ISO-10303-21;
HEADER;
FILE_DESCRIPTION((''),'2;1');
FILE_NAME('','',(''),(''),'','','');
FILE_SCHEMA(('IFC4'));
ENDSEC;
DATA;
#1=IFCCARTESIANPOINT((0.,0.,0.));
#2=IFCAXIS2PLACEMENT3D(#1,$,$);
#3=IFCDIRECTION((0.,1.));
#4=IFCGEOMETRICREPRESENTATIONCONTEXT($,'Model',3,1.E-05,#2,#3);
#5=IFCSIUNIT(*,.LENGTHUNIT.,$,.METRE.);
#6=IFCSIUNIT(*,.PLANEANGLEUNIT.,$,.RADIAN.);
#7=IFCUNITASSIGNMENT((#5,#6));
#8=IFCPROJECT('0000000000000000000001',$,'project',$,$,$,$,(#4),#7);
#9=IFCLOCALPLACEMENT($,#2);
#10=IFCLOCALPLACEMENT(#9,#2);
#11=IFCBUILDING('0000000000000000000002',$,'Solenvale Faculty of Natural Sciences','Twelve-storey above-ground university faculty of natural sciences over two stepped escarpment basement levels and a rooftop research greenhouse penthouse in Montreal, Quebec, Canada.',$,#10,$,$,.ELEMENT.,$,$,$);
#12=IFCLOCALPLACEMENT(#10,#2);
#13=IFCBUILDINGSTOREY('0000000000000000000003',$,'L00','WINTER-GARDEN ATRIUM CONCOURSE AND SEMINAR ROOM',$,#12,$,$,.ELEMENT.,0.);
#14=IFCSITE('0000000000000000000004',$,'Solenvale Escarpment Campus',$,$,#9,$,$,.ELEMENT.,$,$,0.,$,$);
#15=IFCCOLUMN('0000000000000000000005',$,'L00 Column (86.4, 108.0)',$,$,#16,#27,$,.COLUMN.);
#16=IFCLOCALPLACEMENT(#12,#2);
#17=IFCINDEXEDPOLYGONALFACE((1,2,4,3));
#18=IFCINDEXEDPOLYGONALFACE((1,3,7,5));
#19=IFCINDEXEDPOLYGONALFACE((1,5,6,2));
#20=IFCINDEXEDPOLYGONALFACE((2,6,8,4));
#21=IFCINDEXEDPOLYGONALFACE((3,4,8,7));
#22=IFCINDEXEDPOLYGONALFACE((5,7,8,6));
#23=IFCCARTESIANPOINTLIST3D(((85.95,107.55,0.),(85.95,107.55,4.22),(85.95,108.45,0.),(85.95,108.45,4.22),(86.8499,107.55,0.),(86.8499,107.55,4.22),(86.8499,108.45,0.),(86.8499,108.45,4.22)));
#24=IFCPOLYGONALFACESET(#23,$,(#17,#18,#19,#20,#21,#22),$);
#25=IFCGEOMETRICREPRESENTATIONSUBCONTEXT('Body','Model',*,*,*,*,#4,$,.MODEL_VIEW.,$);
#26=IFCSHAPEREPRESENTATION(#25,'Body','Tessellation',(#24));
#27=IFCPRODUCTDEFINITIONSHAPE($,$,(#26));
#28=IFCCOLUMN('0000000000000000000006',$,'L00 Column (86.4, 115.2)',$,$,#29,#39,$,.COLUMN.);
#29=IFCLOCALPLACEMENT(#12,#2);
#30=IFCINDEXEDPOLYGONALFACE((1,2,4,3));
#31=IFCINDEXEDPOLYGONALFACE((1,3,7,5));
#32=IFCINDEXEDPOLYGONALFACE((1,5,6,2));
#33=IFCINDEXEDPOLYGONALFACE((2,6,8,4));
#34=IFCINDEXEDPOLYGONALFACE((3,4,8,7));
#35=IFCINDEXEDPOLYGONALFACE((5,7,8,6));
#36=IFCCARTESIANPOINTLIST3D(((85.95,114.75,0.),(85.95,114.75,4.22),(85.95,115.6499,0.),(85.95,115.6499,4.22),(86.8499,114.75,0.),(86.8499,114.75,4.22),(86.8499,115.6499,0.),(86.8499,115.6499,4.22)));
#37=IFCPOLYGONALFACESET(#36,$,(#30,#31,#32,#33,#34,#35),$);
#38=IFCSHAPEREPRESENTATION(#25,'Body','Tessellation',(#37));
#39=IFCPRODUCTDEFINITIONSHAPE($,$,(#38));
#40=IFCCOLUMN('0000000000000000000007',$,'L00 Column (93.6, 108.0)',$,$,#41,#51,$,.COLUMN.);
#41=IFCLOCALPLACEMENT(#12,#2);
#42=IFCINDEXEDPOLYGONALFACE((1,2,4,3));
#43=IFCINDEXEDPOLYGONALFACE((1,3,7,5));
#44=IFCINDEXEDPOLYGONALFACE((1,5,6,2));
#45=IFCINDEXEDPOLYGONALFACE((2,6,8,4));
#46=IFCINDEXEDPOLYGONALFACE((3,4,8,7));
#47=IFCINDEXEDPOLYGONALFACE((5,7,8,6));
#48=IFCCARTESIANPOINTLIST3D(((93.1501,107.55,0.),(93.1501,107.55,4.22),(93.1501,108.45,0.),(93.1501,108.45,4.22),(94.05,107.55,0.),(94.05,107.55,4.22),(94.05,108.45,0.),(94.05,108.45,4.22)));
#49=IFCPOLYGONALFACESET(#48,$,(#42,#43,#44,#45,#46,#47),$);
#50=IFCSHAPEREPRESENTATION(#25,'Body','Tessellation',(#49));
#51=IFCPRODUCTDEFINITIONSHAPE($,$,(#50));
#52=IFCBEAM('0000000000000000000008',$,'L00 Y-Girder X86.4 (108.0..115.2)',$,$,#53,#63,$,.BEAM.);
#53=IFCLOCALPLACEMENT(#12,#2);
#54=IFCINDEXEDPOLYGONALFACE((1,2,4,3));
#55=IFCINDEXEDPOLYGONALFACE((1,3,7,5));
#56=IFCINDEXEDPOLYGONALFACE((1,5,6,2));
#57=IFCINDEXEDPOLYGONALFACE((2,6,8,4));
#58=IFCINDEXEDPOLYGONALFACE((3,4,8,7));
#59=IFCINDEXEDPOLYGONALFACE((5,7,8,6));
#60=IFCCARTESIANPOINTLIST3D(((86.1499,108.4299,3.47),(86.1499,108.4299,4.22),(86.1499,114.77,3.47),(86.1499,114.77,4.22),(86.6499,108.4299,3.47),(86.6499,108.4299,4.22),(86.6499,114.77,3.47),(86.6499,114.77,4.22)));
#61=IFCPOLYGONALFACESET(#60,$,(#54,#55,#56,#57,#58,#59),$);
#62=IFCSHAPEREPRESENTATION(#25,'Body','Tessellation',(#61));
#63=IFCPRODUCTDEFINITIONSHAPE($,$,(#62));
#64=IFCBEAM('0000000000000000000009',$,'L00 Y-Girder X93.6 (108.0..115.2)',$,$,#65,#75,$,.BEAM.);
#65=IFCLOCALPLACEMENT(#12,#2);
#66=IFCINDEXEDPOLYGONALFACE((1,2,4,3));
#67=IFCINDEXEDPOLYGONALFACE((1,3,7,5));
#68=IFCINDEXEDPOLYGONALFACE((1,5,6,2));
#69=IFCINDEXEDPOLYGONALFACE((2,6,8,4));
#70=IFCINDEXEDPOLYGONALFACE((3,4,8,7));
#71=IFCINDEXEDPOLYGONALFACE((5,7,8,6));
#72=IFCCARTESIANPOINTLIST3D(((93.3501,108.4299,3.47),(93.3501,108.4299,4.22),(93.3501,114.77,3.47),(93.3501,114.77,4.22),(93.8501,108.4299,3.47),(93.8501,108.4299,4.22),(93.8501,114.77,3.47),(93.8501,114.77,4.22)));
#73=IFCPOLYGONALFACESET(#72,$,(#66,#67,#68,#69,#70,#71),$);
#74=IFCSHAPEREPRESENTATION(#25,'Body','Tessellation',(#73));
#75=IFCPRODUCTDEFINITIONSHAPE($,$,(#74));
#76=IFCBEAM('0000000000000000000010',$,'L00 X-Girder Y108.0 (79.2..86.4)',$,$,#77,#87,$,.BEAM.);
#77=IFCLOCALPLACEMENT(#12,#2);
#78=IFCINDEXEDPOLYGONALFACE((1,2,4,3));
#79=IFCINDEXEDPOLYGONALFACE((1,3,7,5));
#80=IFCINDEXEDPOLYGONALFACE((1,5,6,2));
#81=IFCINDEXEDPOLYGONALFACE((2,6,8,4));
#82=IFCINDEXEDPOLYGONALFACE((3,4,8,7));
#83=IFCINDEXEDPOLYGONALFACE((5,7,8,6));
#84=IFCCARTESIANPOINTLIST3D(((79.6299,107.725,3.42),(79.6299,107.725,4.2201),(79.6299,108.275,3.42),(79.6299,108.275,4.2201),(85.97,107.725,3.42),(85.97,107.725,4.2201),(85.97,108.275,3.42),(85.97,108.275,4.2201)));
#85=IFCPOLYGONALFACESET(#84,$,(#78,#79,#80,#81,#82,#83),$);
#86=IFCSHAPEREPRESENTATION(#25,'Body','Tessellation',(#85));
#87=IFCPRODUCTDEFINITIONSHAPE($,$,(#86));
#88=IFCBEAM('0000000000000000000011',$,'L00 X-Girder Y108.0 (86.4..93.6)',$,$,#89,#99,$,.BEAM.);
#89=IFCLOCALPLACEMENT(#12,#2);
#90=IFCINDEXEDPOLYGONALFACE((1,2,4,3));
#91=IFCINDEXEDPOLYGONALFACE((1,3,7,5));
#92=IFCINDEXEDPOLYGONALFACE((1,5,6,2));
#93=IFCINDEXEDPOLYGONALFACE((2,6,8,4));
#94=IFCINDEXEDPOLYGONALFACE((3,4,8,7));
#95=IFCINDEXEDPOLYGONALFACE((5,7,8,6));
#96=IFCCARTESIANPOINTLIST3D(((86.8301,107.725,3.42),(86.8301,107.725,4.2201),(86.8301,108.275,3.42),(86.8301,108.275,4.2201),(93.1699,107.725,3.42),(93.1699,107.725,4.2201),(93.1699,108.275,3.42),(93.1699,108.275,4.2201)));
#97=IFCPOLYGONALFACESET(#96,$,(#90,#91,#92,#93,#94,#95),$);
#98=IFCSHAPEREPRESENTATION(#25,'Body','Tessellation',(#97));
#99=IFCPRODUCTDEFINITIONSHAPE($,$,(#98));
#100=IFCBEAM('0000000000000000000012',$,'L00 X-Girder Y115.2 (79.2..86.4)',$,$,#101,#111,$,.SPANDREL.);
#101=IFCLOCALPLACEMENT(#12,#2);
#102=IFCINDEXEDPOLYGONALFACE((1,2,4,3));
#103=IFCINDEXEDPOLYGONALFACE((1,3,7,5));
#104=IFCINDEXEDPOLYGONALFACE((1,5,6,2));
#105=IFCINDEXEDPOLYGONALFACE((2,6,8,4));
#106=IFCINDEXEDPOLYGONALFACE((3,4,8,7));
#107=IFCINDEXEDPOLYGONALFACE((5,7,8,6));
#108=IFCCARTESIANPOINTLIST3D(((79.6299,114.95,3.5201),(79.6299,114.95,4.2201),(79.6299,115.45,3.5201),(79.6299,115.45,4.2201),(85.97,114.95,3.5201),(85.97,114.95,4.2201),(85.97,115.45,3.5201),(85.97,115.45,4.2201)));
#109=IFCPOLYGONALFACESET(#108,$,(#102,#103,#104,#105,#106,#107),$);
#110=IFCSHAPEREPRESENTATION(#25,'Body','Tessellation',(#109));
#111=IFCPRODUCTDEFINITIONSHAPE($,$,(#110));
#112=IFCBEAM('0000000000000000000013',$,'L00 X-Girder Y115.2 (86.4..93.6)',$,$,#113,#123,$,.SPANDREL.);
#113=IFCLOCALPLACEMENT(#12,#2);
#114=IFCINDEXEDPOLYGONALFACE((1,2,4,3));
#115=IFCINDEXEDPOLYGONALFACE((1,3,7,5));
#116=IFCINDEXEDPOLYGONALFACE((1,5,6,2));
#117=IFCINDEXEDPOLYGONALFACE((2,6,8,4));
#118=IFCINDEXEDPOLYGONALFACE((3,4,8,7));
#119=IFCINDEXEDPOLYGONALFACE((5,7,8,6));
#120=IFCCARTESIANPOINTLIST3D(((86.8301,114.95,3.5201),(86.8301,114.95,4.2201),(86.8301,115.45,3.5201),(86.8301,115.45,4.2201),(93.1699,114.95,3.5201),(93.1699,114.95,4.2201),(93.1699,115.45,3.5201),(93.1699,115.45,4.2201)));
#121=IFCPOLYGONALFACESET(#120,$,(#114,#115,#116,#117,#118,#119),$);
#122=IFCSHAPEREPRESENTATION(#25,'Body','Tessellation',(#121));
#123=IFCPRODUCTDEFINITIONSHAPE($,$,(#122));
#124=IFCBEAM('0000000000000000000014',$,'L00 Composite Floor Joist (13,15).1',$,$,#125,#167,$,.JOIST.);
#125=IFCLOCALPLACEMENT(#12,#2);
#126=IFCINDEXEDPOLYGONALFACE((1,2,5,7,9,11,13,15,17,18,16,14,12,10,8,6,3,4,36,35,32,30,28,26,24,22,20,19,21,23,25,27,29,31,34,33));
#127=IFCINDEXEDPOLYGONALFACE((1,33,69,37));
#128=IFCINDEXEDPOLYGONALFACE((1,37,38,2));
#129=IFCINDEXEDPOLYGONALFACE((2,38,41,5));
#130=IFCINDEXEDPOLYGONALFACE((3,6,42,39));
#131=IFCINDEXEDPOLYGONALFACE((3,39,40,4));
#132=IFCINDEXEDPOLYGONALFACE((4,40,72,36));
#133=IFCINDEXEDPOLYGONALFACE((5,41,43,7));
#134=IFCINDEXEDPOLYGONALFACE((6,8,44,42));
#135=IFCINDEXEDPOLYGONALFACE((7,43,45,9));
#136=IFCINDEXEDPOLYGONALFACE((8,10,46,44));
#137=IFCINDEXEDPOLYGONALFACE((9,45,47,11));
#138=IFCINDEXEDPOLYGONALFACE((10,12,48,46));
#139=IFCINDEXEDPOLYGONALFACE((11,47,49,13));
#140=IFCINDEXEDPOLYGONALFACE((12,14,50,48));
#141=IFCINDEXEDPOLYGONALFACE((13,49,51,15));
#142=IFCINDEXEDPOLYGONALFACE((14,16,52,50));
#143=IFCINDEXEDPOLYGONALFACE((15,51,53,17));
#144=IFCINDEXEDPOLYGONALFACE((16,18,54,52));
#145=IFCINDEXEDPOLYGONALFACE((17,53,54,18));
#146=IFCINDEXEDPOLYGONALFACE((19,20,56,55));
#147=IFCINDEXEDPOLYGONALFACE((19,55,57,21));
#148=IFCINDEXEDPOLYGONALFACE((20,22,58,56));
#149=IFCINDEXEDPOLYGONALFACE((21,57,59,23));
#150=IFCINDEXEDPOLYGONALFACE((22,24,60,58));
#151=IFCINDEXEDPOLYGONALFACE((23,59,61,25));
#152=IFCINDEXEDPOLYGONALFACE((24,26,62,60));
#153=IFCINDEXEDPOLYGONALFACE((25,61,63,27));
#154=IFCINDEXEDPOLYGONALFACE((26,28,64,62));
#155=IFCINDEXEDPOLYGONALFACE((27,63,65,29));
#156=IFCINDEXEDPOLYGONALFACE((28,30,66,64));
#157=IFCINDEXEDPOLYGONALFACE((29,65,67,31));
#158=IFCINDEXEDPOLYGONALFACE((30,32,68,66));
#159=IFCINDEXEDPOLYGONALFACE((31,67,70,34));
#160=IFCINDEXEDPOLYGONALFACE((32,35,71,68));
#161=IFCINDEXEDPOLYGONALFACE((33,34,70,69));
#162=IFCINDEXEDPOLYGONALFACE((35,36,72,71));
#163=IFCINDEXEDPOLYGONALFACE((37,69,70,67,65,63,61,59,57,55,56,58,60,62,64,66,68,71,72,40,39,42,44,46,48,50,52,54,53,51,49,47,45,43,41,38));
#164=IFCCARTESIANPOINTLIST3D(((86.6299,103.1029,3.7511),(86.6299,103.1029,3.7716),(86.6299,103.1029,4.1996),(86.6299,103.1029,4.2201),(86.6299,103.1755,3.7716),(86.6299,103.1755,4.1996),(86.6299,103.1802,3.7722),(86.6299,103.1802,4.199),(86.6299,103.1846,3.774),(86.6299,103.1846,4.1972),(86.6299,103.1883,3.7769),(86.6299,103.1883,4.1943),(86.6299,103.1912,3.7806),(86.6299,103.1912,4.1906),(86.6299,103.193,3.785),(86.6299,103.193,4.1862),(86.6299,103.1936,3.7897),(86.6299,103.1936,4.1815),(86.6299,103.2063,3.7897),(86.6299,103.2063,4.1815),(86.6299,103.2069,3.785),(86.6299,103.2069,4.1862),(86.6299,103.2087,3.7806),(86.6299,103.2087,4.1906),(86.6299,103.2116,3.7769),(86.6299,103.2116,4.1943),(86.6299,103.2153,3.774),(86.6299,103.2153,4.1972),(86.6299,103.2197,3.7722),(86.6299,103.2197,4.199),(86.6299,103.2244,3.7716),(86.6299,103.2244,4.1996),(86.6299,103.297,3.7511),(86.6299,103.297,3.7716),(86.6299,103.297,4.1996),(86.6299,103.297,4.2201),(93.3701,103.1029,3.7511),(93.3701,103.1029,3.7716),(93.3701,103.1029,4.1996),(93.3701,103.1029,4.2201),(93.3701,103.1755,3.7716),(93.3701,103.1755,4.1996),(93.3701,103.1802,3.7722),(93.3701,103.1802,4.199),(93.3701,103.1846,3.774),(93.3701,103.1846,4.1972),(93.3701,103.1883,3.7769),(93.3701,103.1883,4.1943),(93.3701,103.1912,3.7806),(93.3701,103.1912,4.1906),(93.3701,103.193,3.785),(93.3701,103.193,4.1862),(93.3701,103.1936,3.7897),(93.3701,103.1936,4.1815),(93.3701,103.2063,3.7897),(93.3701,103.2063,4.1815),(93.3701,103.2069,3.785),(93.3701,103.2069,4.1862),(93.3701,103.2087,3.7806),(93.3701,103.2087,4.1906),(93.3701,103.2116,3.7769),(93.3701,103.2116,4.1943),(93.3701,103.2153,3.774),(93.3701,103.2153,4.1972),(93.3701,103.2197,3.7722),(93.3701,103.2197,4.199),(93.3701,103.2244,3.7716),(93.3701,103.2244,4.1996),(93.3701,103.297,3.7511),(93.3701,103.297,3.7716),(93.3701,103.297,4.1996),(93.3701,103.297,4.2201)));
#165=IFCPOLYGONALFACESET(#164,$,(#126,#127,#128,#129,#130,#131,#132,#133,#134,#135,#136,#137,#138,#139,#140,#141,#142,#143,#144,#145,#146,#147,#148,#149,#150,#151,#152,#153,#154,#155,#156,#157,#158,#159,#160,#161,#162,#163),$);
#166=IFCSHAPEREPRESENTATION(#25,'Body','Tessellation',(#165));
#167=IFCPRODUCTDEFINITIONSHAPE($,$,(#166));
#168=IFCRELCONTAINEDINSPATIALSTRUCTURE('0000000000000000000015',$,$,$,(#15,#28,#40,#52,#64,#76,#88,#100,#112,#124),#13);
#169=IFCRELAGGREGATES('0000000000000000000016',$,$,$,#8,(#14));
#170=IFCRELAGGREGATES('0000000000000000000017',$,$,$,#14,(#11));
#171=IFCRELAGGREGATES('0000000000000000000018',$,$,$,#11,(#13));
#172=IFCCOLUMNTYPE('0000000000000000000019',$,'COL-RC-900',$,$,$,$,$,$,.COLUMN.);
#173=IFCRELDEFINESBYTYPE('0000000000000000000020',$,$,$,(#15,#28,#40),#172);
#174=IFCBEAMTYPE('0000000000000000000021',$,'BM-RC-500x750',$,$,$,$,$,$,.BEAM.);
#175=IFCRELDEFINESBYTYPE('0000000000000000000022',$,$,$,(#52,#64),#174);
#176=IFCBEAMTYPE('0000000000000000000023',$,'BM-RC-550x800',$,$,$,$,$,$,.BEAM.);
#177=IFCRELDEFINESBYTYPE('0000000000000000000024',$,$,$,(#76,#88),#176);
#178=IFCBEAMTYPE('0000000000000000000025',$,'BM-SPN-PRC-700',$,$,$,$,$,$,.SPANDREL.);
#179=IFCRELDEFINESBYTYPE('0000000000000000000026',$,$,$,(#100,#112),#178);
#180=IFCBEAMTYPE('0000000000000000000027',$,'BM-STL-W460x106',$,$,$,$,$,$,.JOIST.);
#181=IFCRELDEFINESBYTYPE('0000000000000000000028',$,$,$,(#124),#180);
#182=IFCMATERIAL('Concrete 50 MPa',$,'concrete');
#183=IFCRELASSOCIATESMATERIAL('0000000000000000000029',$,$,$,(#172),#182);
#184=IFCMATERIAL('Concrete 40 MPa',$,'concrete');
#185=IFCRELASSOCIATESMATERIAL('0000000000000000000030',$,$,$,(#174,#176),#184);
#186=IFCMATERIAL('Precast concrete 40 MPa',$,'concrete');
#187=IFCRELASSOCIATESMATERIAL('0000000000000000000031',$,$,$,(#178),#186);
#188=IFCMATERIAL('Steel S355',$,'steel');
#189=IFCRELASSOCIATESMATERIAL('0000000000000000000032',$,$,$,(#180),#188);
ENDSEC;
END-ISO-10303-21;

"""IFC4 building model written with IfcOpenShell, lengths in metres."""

from ifc_helpers import new_model, si_unit, direction, frame, origin, origin_2d, place, context, subcontext, project, spatial, rectangle, i_section, extrude, material, material_profile, profile_set, type_object, element, save


model = new_model("IFC4")

# Units and contexts
model_context = context("Model", 3, precision=1e-05, world=origin(), true_north=direction((0.0, 1.0)))
body_context = subcontext(model_context, "Body", "Model", "MODEL_VIEW")
ifc_project = project(units=[si_unit("LENGTHUNIT", "METRE"), si_unit("PLANEANGLEUNIT", "RADIAN")], contexts=[model_context])

# Site, building, storey
site_placement = place(None, origin())
site = spatial("IfcSite", under=ifc_project, at=site_placement, Name="Solenvale Escarpment Campus", CompositionType="ELEMENT", RefElevation=0.0)
building_placement = place(site_placement, origin())
building = spatial("IfcBuilding", under=site, at=building_placement, Name="Solenvale Faculty of Natural Sciences", Description="Twelve-storey above-ground university faculty of natural sciences over two stepped escarpment basement levels and a rooftop research greenhouse penthouse in Montreal, Quebec, Canada.", CompositionType="ELEMENT")
storey_placement = place(building_placement, origin())
storey = spatial("IfcBuildingStorey", under=building, at=storey_placement, Name="L00", Description="WINTER-GARDEN ATRIUM CONCOURSE AND SEMINAR ROOM", CompositionType="ELEMENT", Elevation=0.0)

# Columns
ifc_material_1 = material(Name="Concrete 50 MPa", Category="concrete")
ifc_material_profile_1 = material_profile(ifc_material_1, rectangle(XDim=0.8999, YDim=0.8999, at=origin_2d()), Name="RC-COL-900x900")
ifc_profile_set_1 = profile_set([ifc_material_profile_1], Name="Concrete 50 MPa")
column_type = type_object("IfcColumnType", Name="COL-RC-900", PredefinedType="COLUMN", material=ifc_profile_set_1)
for number, where, z_axis, x_axis, name in (
    (1, (86.3999, 108.0, 0.0), (0.0, 0.0, 1.0), (1.0, 0.0, 0.0), "L00 Column (86.4, 108.0)"),
    (2, (86.3999, 115.2, 0.0), (0.0, 0.0, 1.0), (1.0, 0.0, 0.0), "L00 Column (86.4, 115.2)"),
    (3, (93.6001, 108.0, 0.0), (0.0, 0.0, 1.0), (1.0, 0.0, 0.0), "L00 Column (93.6, 108.0)"),
):
    element("IfcColumn", number, at=place(storey_placement, frame(where, z_axis=z_axis, x_axis=x_axis)), inside=storey, type_object=column_type, Name=name, PredefinedType="COLUMN", context=body_context, shape_type="SweptSolid", body=[
        extrude(rectangle(XDim=0.8999, YDim=0.8999, at=origin_2d()), origin(), (0.0, 0.0, 1.0), 4.22),
    ])

# Beams
ifc_material_2 = material(Name="Concrete 40 MPa", Category="concrete")
ifc_material_profile_2 = material_profile(ifc_material_2, rectangle(XDim=0.5, YDim=0.75, at=origin_2d()), Name="RC-BM-500x750")
ifc_profile_set_2 = profile_set([ifc_material_profile_2], Name="Concrete 40 MPa")
beam_type_1 = type_object("IfcBeamType", Name="BM-RC-500x750", PredefinedType="BEAM", material=ifc_profile_set_2)
for number, where, z_axis, x_axis, name in (
    (4, (86.3999, 108.4299, 3.845), (0.0, 1.0, 0.0), (-1.0, 0.0, 0.0), "L00 Y-Girder X86.4 (108.0..115.2)"),
    (5, (93.6001, 108.4299, 3.845), (0.0, 1.0, 0.0), (-1.0, 0.0, 0.0), "L00 Y-Girder X93.6 (108.0..115.2)"),
):
    element("IfcBeam", number, at=place(storey_placement, frame(where, z_axis=z_axis, x_axis=x_axis)), inside=storey, type_object=beam_type_1, Name=name, PredefinedType="BEAM", context=body_context, shape_type="SweptSolid", body=[
        extrude(rectangle(XDim=0.5, YDim=0.75, at=origin_2d()), origin(), (0.0, 0.0, 1.0), 6.3401),
    ])
ifc_material_profile_3 = material_profile(ifc_material_2, rectangle(XDim=0.55, YDim=0.8, at=origin_2d()), Name="RC-BM-550x800")
ifc_profile_set_3 = profile_set([ifc_material_profile_3], Name="Concrete 40 MPa")
beam_type_2 = type_object("IfcBeamType", Name="BM-RC-550x800", PredefinedType="BEAM", material=ifc_profile_set_3)
beam_1_placement = place(storey_placement, frame((79.6299, 108.0, 3.8201), z_axis=(1.0, 0.0, 0.0), x_axis=(0.0, 1.0, 0.0)))
element("IfcBeam", 6, at=beam_1_placement, inside=storey, type_object=beam_type_2, Name="L00 X-Girder Y108.0 (79.2..86.4)", PredefinedType="BEAM", context=body_context, shape_type="SweptSolid", body=[
    extrude(rectangle(XDim=0.55, YDim=0.8, at=origin_2d()), origin(), (0.0, 0.0, 1.0), 6.3401),
])
beam_2_placement = place(storey_placement, frame((86.8301, 108.0, 3.8201), z_axis=(1.0, 0.0, 0.0), x_axis=(0.0, 1.0, 0.0)))
element("IfcBeam", 7, at=beam_2_placement, inside=storey, type_object=beam_type_2, Name="L00 X-Girder Y108.0 (86.4..93.6)", PredefinedType="BEAM", context=body_context, shape_type="SweptSolid", body=[
    extrude(rectangle(XDim=0.55, YDim=0.8, at=origin_2d()), origin(), (0.0, 0.0, 1.0), 6.3398),
])
ifc_material_3 = material(Name="Precast concrete 40 MPa", Category="concrete")
ifc_material_profile_4 = material_profile(ifc_material_3, rectangle(XDim=0.5, YDim=0.7, at=origin_2d()), Name="RC-BM-500x700")
ifc_profile_set_4 = profile_set([ifc_material_profile_4], Name="Precast concrete 40 MPa")
beam_type_3 = type_object("IfcBeamType", Name="BM-SPN-PRC-700", PredefinedType="SPANDREL", material=ifc_profile_set_4)
beam_3_placement = place(storey_placement, frame((79.6299, 115.2, 3.8701), z_axis=(1.0, 0.0, 0.0), x_axis=(0.0, 1.0, 0.0)))
element("IfcBeam", 8, at=beam_3_placement, inside=storey, type_object=beam_type_3, Name="L00 X-Girder Y115.2 (79.2..86.4)", PredefinedType="SPANDREL", context=body_context, shape_type="SweptSolid", body=[
    extrude(rectangle(XDim=0.5, YDim=0.7, at=origin_2d()), origin(), (0.0, 0.0, 1.0), 6.3401),
])
beam_4_placement = place(storey_placement, frame((86.8301, 115.2, 3.8701), z_axis=(1.0, 0.0, 0.0), x_axis=(0.0, 1.0, 0.0)))
element("IfcBeam", 9, at=beam_4_placement, inside=storey, type_object=beam_type_3, Name="L00 X-Girder Y115.2 (86.4..93.6)", PredefinedType="SPANDREL", context=body_context, shape_type="SweptSolid", body=[
    extrude(rectangle(XDim=0.5, YDim=0.7, at=origin_2d()), origin(), (0.0, 0.0, 1.0), 6.3398),
])
ifc_material_4 = material(Name="Steel S355", Category="steel")
ifc_material_profile_5 = material_profile(ifc_material_4, i_section(OverallWidth=0.1941, OverallDepth=0.469, WebThickness=0.0127, FlangeThickness=0.0205, FilletRadius=0.0181, at=origin_2d()), Name="W460x106")
ifc_profile_set_5 = profile_set([ifc_material_profile_5], Name="Steel S355")
beam_type_4 = type_object("IfcBeamType", Name="BM-STL-W460x106", PredefinedType="JOIST", material=ifc_profile_set_5)
for number, where, z_axis, x_axis, name in (
    (10, (86.6299, 103.2, 3.9856), (1.0, 0.0, 0.0), (0.0, 1.0, 0.0), "L00 Composite Floor Joist (13,15).1"),
):
    element("IfcBeam", number, at=place(storey_placement, frame(where, z_axis=z_axis, x_axis=x_axis)), inside=storey, type_object=beam_type_4, Name=name, PredefinedType="JOIST", context=body_context, shape_type="SweptSolid", body=[
        extrude(i_section(OverallWidth=0.1941, OverallDepth=0.469, WebThickness=0.0127, FlangeThickness=0.0205, FilletRadius=0.0181, at=origin_2d()), origin(), (0.0, 0.0, 1.0), 6.7402),
    ])

save(model, "model.ifc")
